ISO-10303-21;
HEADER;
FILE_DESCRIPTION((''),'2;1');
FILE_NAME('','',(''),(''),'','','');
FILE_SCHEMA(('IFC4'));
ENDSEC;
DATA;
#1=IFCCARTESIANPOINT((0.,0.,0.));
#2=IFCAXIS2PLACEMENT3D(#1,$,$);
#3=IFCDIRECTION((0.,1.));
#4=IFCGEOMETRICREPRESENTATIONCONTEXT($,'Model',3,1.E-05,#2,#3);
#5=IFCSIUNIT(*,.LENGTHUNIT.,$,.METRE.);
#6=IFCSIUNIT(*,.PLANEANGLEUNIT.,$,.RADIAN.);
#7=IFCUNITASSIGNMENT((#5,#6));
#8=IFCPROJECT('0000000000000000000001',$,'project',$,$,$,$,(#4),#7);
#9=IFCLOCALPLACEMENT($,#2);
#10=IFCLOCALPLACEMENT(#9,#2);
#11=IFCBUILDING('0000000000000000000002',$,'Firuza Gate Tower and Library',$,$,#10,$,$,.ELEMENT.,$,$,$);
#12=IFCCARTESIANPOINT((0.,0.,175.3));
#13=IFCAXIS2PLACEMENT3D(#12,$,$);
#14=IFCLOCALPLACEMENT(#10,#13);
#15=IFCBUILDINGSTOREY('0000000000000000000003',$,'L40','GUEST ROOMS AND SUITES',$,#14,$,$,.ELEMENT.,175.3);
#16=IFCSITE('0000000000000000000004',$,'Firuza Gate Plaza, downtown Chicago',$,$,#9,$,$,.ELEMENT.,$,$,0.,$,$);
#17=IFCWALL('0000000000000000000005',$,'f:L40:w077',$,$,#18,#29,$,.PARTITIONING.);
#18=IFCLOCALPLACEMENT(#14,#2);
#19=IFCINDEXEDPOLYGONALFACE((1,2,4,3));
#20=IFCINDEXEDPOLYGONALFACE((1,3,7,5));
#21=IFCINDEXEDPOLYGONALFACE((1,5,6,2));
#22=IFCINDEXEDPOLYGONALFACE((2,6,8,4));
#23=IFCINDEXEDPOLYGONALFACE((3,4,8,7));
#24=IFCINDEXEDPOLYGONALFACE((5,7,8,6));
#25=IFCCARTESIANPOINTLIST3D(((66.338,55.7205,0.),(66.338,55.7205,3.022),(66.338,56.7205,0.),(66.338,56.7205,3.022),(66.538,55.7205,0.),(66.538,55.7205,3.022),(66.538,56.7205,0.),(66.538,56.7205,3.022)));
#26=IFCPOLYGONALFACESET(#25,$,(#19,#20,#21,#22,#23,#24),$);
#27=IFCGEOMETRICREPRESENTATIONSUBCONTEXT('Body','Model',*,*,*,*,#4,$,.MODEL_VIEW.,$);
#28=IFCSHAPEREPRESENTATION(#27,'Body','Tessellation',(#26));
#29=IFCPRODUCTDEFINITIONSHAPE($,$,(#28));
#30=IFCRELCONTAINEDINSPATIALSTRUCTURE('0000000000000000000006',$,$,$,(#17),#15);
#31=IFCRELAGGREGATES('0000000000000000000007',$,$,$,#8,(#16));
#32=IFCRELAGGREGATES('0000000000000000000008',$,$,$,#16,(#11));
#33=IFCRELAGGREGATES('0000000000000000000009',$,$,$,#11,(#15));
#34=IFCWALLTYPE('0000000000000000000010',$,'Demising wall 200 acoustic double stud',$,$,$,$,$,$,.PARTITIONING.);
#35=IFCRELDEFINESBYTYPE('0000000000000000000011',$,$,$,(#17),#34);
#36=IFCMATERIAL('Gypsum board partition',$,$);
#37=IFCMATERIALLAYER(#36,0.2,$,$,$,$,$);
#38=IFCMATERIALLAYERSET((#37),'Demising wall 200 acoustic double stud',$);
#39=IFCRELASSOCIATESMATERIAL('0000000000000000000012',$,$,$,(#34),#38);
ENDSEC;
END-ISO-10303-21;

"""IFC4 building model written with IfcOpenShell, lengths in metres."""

from ifc_helpers import new_model, si_unit, direction, frame, frame_2d, origin, place, context, subcontext, project, spatial, rectangle, extrude, material, layer, layer_set, type_object, element, save


model = new_model("IFC4")

# Units and contexts
model_context = context("Model", 3, precision=1e-05, world=origin(), true_north=direction((0.0, 1.0)))
body_context = subcontext(model_context, "Body", "Model", "MODEL_VIEW")
ifc_project = project(units=[si_unit("LENGTHUNIT", "METRE"), si_unit("PLANEANGLEUNIT", "RADIAN")], contexts=[model_context])

# Site, building, storey
site_placement = place(None, origin())
site = spatial("IfcSite", under=ifc_project, at=site_placement, Name="Firuza Gate Plaza, downtown Chicago", CompositionType="ELEMENT", RefElevation=0.0)
building_placement = place(site_placement, origin())
building = spatial("IfcBuilding", under=site, at=building_placement, Name="Firuza Gate Tower and Library", CompositionType="ELEMENT")
storey_placement = place(building_placement, frame((0.0, 0.0, 175.3)))
storey = spatial("IfcBuildingStorey", under=building, at=storey_placement, Name="L40", Description="GUEST ROOMS AND SUITES", CompositionType="ELEMENT", Elevation=175.3)

# Wall
ifc_material_1 = material(Name="Gypsum board partition")
ifc_layer_1 = layer(ifc_material_1, 0.2)
ifc_layer_set_1 = layer_set([ifc_layer_1], Name="Demising wall 200 acoustic double stud")
wall_type = type_object("IfcWallType", Name="Demising wall 200 acoustic double stud", PredefinedType="PARTITIONING", material=ifc_layer_set_1)
wall_1_placement = place(storey_placement, frame((66.438, 55.7205, 0.0), z_axis=(0.0, 0.0, 1.0), x_axis=(0.0, 1.0, 0.0)))
element("IfcWall", 1, at=wall_1_placement, inside=storey, type_object=wall_type, Name="f:L40:w077", PredefinedType="PARTITIONING", context=body_context, shape_type="SweptSolid", body=[
    extrude(rectangle(XDim=1.0, YDim=0.2, at=frame_2d((0.5, 0.0))), origin(), (0.0, 0.0, 1.0), 3.022),
])

save(model, "model.ifc")
